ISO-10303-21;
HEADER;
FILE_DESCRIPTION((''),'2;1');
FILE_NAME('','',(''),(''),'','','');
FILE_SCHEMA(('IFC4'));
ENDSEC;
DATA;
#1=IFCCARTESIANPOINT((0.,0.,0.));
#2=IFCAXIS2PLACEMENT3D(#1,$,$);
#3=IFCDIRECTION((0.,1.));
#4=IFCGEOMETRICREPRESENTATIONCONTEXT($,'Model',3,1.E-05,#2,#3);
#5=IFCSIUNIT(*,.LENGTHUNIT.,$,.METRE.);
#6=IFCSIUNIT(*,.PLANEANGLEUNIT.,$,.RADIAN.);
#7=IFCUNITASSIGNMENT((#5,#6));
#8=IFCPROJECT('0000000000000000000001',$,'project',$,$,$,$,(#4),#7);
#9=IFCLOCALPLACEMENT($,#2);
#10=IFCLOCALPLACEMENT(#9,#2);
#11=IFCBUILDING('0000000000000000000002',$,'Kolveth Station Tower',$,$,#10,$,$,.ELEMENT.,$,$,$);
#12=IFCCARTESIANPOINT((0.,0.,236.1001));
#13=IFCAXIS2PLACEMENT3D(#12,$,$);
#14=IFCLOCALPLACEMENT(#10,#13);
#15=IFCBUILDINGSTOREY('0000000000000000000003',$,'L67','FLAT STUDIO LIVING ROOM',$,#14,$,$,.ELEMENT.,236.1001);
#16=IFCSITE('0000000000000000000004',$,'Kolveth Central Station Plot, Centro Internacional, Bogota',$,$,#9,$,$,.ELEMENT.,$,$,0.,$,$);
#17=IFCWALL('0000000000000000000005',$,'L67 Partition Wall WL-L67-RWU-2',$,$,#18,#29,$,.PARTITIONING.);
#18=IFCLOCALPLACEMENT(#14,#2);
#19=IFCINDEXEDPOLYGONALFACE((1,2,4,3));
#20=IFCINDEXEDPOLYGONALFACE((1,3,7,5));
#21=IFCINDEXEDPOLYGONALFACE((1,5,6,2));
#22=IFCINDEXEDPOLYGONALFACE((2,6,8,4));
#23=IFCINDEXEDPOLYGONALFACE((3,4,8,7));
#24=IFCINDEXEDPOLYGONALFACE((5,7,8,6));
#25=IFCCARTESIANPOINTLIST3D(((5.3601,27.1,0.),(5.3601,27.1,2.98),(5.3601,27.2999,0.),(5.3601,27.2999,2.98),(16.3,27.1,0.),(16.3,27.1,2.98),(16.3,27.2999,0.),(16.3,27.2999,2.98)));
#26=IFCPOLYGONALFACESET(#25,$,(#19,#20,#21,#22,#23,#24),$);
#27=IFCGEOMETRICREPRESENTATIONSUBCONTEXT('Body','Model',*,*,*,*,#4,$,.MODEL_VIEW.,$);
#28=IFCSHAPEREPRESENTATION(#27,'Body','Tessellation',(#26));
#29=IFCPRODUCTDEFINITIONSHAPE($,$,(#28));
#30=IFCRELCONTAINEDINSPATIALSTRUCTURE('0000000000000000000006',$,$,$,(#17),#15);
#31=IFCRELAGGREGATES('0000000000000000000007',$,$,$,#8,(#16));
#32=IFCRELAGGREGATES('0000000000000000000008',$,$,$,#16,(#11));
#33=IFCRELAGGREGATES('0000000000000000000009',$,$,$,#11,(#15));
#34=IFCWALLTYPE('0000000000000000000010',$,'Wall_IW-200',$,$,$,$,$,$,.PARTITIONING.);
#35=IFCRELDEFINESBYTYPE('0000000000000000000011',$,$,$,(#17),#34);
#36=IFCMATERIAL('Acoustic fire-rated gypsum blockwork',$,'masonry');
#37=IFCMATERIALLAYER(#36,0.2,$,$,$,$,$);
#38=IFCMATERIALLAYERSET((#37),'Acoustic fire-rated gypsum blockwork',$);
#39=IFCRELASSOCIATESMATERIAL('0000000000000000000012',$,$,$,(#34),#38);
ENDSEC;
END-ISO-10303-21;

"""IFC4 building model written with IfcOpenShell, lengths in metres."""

from ifc_helpers import new_model, si_unit, direction, frame, frame_2d, origin, place, context, subcontext, project, spatial, rectangle, extrude, material, layer, layer_set, type_object, element, save


model = new_model("IFC4")

# Units and contexts
model_context = context("Model", 3, precision=1e-05, world=origin(), true_north=direction((0.0, 1.0)))
body_context = subcontext(model_context, "Body", "Model", "MODEL_VIEW")
ifc_project = project(units=[si_unit("LENGTHUNIT", "METRE"), si_unit("PLANEANGLEUNIT", "RADIAN")], contexts=[model_context])

# Site, building, storey
site_placement = place(None, origin())
site = spatial("IfcSite", under=ifc_project, at=site_placement, Name="Kolveth Central Station Plot, Centro Internacional, Bogota", CompositionType="ELEMENT", RefElevation=0.0)
building_placement = place(site_placement, origin())
building = spatial("IfcBuilding", under=site, at=building_placement, Name="Kolveth Station Tower", CompositionType="ELEMENT")
storey_placement = place(building_placement, frame((0.0, 0.0, 236.1001)))
storey = spatial("IfcBuildingStorey", under=building, at=storey_placement, Name="L67", Description="FLAT STUDIO LIVING ROOM", CompositionType="ELEMENT", Elevation=236.1001)

# Wall
ifc_material_1 = material(Name="Acoustic fire-rated gypsum blockwork", Category="masonry")
ifc_layer_1 = layer(ifc_material_1, 0.2)
ifc_layer_set_1 = layer_set([ifc_layer_1], Name="Acoustic fire-rated gypsum blockwork")
wall_type_1 = type_object("IfcWallType", Name="Wall_IW-200", PredefinedType="PARTITIONING", material=ifc_layer_set_1)
for number, where, z_axis, x_axis, name in (
    (1, (5.3601, 27.2, 0.0), (0.0, 0.0, 1.0), (1.0, 0.0, 0.0), "L67 Partition Wall WL-L67-RWU-2"),
):
    element("IfcWall", number, at=place(storey_placement, frame(where, z_axis=z_axis, x_axis=x_axis)), inside=storey, type_object=wall_type_1, Name=name, PredefinedType="PARTITIONING", context=body_context, shape_type="SweptSolid", body=[
        extrude(rectangle(XDim=10.9399, YDim=0.2, at=frame_2d((5.47, 0.0))), origin(), (0.0, 0.0, 1.0), 2.98),
    ])

save(model, "model.ifc")
